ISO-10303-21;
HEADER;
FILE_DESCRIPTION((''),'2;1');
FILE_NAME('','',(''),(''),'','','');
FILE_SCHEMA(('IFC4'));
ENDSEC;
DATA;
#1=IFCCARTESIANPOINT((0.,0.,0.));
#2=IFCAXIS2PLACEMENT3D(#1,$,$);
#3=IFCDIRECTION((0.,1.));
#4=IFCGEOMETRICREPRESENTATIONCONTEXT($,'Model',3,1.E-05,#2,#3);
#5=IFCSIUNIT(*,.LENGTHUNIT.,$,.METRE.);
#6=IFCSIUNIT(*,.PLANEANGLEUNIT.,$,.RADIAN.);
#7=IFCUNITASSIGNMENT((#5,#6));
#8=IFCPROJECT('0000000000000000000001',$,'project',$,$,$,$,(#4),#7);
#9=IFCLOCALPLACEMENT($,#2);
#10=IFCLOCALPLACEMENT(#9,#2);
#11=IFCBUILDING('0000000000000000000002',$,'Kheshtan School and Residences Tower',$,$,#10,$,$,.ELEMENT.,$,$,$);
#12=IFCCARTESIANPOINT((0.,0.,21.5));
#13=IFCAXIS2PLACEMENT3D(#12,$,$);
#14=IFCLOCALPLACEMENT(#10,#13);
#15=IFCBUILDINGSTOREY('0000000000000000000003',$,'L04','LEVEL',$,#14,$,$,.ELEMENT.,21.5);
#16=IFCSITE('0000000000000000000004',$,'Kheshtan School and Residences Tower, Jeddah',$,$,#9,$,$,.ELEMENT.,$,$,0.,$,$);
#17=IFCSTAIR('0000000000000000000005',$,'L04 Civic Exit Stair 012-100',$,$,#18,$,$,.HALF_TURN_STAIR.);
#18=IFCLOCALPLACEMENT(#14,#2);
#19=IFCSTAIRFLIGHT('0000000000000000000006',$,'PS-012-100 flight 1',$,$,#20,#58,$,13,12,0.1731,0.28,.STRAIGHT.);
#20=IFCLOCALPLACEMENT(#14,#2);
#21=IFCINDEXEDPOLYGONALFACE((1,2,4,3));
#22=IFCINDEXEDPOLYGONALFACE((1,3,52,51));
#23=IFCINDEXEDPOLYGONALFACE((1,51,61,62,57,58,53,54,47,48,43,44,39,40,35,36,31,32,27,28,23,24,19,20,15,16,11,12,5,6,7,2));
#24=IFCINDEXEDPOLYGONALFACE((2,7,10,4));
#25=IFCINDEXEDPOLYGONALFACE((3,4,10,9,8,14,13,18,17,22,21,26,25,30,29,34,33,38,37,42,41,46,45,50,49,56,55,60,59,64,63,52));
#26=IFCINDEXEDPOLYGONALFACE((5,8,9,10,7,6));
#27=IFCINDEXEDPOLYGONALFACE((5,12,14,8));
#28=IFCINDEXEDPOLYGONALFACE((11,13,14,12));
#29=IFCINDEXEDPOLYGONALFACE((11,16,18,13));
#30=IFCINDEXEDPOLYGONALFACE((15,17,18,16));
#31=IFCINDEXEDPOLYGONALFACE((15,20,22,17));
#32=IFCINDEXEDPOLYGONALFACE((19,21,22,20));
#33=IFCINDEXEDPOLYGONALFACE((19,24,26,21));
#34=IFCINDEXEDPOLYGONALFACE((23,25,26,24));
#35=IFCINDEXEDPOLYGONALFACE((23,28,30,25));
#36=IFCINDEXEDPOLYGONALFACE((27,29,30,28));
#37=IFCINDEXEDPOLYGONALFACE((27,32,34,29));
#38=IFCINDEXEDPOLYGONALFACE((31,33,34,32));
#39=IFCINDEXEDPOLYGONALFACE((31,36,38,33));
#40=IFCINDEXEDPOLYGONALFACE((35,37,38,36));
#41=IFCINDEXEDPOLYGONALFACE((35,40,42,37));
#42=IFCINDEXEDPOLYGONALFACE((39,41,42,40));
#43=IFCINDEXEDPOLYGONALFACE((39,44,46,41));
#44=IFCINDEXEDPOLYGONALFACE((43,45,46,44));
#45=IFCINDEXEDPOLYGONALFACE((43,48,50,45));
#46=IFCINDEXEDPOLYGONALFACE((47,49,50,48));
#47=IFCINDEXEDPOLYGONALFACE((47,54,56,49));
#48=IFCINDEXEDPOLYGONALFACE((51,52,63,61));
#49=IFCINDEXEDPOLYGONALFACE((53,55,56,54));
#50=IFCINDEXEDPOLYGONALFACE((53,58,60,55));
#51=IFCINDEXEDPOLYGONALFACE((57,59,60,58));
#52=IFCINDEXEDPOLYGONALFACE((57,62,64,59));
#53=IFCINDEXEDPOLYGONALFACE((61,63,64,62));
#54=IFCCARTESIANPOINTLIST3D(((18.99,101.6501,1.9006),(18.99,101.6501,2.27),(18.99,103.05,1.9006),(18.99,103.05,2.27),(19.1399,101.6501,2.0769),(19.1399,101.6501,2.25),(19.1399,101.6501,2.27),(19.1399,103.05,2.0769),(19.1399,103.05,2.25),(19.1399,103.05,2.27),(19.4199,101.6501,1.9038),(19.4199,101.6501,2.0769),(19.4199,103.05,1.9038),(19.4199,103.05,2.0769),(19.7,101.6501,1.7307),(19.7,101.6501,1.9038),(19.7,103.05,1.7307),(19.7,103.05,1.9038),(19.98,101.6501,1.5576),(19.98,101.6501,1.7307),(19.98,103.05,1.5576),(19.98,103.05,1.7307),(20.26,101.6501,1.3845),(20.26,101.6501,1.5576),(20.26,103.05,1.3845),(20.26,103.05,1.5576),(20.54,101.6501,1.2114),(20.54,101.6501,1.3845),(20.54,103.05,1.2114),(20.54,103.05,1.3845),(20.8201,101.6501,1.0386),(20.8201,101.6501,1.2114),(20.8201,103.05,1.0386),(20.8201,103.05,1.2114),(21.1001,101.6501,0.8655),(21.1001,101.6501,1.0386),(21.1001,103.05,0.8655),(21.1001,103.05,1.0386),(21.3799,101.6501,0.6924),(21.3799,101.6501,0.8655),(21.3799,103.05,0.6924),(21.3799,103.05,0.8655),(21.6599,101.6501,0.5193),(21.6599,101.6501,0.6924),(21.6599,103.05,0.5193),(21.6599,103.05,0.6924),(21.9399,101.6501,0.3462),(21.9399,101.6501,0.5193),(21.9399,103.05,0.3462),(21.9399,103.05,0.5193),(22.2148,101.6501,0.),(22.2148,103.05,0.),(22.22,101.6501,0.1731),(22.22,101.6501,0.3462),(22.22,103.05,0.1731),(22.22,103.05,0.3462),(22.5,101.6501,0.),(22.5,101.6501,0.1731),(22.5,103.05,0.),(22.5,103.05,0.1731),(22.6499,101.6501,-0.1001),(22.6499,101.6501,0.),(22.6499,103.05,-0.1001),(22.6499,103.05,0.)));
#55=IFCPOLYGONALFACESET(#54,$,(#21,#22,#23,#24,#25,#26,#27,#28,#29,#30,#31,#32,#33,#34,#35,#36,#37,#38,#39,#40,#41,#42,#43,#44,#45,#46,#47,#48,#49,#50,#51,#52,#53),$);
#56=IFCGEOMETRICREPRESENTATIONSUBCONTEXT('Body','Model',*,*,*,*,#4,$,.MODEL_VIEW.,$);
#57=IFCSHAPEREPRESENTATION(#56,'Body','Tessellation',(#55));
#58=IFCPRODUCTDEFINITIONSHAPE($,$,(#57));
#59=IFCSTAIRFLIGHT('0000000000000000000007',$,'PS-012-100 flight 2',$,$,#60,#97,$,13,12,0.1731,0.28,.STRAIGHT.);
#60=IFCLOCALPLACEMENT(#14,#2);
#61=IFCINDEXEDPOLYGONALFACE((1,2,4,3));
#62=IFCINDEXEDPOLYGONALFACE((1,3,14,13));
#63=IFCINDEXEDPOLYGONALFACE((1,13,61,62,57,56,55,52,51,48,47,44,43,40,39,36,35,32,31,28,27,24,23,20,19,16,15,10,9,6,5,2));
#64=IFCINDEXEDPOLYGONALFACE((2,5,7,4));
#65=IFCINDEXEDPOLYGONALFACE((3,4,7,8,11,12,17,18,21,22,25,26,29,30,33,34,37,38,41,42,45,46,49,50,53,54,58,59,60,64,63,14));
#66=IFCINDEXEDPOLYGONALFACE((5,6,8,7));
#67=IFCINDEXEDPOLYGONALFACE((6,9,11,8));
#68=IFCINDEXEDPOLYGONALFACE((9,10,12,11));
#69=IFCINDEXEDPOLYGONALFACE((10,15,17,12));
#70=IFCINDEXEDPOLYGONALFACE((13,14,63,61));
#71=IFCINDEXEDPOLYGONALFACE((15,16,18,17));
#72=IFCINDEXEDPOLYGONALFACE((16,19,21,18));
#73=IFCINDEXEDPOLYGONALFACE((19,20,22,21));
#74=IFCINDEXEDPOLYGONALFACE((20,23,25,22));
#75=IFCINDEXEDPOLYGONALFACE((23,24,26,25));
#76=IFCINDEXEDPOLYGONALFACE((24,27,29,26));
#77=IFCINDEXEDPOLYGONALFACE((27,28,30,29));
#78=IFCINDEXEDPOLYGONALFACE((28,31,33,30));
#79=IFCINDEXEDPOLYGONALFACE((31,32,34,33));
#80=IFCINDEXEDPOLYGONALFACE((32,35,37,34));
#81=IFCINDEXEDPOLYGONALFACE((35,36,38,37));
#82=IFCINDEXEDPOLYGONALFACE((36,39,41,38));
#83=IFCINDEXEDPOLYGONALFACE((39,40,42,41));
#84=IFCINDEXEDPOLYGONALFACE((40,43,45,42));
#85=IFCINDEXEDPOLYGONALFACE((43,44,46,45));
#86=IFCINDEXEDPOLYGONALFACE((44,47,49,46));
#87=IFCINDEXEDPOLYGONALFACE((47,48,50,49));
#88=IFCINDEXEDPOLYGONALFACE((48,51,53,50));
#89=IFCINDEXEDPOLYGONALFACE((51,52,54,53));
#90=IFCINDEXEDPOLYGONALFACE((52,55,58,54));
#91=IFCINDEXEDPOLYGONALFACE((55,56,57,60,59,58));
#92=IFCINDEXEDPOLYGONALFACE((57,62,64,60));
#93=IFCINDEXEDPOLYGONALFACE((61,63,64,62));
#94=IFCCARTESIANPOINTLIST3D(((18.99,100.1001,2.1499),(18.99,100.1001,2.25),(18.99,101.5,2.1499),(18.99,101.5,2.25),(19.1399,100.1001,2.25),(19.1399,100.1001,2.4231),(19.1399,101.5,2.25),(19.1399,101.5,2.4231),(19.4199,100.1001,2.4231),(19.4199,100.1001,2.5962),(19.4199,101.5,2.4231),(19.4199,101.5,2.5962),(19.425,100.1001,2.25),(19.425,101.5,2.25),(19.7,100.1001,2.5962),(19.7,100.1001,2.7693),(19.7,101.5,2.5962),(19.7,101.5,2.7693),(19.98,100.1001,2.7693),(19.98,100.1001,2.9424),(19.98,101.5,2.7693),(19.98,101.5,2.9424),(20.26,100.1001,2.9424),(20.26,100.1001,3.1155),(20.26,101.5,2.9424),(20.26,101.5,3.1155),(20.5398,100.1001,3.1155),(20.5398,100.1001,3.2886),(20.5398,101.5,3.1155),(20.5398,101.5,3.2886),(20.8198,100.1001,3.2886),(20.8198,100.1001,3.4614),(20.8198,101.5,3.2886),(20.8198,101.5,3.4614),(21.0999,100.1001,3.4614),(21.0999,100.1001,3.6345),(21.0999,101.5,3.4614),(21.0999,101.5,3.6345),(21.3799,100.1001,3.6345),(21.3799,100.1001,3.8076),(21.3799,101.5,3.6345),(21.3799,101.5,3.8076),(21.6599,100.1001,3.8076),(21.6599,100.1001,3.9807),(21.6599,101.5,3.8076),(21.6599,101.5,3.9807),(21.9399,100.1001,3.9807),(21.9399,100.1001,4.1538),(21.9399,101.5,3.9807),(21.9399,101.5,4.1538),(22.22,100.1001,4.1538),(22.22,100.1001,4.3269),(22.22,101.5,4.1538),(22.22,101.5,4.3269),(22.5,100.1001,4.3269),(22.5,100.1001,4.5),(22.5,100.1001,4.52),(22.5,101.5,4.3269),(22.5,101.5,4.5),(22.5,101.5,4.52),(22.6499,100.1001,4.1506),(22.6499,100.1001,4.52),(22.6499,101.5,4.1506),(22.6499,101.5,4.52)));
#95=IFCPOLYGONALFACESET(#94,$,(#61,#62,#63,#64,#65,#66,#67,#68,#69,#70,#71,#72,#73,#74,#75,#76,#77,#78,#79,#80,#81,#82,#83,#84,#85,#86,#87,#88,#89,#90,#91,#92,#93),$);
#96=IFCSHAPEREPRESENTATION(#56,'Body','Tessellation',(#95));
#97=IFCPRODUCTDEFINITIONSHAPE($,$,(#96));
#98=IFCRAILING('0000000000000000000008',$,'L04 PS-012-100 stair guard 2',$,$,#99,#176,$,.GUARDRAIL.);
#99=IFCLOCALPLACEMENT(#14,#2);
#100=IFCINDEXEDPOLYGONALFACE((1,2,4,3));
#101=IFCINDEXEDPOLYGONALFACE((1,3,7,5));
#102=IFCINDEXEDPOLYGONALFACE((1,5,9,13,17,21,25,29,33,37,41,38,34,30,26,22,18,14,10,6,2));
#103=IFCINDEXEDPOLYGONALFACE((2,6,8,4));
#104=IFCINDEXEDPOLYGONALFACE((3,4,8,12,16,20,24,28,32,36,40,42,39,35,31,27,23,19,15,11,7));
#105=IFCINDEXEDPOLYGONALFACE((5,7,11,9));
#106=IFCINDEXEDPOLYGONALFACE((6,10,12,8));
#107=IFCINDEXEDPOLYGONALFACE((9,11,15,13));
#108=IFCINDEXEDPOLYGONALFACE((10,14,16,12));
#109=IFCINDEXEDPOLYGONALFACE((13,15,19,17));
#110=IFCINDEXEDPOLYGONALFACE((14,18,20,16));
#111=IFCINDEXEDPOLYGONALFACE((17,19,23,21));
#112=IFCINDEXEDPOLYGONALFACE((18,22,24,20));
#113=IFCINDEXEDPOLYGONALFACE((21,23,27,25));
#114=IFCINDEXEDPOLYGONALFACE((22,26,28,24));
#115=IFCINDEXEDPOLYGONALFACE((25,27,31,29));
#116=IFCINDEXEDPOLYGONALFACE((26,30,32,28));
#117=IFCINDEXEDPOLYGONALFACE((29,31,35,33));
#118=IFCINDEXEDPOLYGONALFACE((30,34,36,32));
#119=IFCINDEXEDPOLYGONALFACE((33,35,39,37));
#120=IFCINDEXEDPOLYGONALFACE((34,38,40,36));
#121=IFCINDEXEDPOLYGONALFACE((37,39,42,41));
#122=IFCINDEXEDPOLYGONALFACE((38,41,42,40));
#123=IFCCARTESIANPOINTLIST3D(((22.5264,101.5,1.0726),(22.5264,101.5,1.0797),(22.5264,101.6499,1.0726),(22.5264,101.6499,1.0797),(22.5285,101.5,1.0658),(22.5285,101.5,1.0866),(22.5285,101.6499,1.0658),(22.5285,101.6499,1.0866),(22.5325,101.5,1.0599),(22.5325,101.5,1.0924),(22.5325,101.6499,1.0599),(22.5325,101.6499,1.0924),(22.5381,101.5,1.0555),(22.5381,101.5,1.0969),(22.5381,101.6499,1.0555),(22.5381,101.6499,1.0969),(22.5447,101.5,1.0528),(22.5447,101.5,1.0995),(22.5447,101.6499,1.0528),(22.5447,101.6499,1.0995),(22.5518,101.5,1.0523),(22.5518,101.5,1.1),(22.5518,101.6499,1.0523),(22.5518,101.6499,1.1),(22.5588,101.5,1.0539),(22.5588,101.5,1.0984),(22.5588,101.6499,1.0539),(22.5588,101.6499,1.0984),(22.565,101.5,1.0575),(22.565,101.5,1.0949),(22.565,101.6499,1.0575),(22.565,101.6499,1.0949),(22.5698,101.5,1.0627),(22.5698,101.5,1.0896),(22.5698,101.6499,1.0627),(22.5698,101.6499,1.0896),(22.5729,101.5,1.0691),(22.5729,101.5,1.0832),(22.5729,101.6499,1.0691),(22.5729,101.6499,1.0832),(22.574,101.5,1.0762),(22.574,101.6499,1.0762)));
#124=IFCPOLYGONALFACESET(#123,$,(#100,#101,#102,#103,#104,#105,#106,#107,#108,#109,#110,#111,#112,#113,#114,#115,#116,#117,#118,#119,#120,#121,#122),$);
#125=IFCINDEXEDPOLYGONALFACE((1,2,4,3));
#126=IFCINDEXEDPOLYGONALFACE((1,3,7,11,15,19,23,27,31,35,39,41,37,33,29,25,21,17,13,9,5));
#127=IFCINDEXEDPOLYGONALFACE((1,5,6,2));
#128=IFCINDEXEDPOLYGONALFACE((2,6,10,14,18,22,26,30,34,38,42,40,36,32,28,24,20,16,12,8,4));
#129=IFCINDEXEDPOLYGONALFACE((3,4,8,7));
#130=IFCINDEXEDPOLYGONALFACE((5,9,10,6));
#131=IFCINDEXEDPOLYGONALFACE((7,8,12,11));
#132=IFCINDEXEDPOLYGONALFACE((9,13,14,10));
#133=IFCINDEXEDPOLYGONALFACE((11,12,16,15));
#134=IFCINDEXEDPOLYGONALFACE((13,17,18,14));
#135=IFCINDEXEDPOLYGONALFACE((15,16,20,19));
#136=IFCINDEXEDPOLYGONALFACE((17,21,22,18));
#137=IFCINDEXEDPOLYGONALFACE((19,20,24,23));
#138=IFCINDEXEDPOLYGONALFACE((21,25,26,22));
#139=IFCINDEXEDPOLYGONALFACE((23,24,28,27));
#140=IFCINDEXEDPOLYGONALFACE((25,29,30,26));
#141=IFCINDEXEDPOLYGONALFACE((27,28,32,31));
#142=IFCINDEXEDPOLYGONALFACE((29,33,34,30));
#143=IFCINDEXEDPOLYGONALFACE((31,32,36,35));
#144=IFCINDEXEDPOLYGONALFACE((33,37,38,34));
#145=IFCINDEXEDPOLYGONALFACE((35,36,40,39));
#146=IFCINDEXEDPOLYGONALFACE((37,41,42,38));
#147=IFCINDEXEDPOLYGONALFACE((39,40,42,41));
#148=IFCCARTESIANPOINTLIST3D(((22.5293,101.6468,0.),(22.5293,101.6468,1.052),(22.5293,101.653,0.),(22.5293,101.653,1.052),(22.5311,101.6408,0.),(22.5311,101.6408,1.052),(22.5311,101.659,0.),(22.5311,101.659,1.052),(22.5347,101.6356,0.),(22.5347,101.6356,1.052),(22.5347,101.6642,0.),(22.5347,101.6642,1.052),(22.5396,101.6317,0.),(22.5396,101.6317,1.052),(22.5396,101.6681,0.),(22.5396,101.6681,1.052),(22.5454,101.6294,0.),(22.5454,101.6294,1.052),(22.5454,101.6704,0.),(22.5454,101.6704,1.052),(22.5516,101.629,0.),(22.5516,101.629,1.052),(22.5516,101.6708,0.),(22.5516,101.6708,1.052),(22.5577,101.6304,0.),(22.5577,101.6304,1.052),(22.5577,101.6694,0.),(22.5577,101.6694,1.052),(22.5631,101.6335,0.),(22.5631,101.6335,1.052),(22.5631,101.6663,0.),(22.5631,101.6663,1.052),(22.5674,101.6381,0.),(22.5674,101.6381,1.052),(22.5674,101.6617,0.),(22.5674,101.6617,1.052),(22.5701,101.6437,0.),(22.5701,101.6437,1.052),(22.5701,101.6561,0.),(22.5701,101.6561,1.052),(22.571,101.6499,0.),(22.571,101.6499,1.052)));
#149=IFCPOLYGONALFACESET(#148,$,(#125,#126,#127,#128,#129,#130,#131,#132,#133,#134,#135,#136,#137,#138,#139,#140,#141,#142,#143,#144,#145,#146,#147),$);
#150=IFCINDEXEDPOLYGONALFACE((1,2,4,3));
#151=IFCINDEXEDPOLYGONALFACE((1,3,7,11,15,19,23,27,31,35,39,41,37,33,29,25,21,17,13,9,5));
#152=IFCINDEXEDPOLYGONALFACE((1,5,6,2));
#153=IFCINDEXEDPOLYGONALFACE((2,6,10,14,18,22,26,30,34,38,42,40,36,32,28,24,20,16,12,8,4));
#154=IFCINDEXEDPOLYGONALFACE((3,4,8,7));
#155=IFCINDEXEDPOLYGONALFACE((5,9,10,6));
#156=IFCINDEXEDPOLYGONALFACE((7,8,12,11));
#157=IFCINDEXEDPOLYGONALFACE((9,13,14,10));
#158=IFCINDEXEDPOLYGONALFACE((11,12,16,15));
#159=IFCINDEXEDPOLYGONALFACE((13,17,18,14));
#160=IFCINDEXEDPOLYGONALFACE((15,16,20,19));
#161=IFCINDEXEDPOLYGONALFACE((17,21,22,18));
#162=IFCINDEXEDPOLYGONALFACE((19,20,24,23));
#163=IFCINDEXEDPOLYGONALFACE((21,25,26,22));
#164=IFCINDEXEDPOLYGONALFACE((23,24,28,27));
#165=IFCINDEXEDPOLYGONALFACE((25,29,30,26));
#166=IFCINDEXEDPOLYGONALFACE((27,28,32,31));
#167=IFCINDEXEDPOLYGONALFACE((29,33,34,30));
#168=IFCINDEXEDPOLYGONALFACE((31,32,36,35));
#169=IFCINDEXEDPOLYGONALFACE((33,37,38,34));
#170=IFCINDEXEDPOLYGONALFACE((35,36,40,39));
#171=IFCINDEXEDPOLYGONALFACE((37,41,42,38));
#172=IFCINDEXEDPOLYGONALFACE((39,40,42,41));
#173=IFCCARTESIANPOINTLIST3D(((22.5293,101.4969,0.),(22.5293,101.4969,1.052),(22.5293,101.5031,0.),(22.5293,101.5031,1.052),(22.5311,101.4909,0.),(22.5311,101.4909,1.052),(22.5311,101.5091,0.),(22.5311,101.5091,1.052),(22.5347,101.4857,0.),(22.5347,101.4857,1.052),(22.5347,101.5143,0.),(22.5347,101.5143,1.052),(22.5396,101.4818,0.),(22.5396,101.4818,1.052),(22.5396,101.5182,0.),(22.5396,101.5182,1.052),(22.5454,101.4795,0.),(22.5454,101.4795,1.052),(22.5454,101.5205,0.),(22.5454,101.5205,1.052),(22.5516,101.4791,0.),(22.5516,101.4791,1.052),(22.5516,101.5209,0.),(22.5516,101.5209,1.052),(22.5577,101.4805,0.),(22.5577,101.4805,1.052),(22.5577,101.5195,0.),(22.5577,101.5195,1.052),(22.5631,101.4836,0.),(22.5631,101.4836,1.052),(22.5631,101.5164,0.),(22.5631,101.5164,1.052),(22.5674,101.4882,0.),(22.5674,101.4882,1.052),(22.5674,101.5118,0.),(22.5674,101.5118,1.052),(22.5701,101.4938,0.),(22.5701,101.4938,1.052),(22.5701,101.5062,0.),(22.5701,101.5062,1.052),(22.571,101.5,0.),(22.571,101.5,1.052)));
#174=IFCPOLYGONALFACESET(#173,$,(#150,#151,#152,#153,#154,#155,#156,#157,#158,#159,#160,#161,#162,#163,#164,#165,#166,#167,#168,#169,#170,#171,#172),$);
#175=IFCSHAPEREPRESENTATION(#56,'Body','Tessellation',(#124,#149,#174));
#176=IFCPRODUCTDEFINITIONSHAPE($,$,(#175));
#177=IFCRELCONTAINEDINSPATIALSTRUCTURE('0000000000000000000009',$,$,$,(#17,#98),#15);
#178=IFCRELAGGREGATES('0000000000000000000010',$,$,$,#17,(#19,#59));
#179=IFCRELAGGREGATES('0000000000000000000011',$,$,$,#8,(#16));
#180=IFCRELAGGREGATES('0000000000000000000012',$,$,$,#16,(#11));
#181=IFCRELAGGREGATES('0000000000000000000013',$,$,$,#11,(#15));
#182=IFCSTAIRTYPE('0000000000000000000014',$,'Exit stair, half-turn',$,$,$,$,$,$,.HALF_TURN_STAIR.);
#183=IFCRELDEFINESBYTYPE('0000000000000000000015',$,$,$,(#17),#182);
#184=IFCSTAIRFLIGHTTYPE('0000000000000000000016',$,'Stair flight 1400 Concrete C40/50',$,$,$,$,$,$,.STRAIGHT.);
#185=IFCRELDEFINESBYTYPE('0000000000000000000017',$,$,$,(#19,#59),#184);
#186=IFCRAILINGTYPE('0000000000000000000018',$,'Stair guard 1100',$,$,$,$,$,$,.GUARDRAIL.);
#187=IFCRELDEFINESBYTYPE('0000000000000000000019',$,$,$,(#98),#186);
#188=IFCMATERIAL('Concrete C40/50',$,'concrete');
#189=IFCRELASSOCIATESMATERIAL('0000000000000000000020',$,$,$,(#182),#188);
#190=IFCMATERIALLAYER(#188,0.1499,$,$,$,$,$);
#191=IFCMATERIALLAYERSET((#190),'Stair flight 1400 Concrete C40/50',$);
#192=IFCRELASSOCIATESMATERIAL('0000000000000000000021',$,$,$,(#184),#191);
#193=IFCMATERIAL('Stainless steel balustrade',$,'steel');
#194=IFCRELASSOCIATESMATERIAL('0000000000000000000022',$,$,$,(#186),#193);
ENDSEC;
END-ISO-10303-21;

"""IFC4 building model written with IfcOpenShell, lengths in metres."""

from ifc_helpers import new_model, si_unit, direction, frame, origin, origin_2d, place, context, subcontext, project, spatial, polyline, circle, outline, extrude, material, layer, layer_set, type_object, element, aggregate, save


model = new_model("IFC4")

# Units and contexts
model_context = context("Model", 3, precision=1e-05, world=origin(), true_north=direction((0.0, 1.0)))
body_context = subcontext(model_context, "Body", "Model", "MODEL_VIEW")
ifc_project = project(units=[si_unit("LENGTHUNIT", "METRE"), si_unit("PLANEANGLEUNIT", "RADIAN")], contexts=[model_context])

# Site, building, storey
site_placement = place(None, origin())
site = spatial("IfcSite", under=ifc_project, at=site_placement, Name="Kheshtan School and Residences Tower, Jeddah", CompositionType="ELEMENT", RefElevation=0.0)
building_placement = place(site_placement, origin())
building = spatial("IfcBuilding", under=site, at=building_placement, Name="Kheshtan School and Residences Tower", CompositionType="ELEMENT")
storey_placement = place(building_placement, frame((0.0, 0.0, 21.5)))
storey = spatial("IfcBuildingStorey", under=building, at=storey_placement, Name="L04", Description="LEVEL", CompositionType="ELEMENT", Elevation=21.5)

# Shared definitions
ifc_material_1 = material(Name="Concrete C40/50", Category="concrete")

# Stair, stair flights
stair_type = type_object("IfcStairType", Name="Exit stair, half-turn", PredefinedType="HALF_TURN_STAIR", material=ifc_material_1)
stair_placement = place(storey_placement, origin())
stair = element("IfcStair", 1, at=stair_placement, inside=storey, type_object=stair_type, Name="L04 Civic Exit Stair 012-100", PredefinedType="HALF_TURN_STAIR")
ifc_layer_1 = layer(ifc_material_1, 0.1499)
ifc_layer_set_1 = layer_set([ifc_layer_1], Name="Stair flight 1400 Concrete C40/50")
stair_flight_type = type_object("IfcStairFlightType", Name="Stair flight 1400 Concrete C40/50", PredefinedType="STRAIGHT", material=ifc_layer_set_1)
stair_flight_1_placement = place(storey_placement, frame((22.5, 102.3501, 0.0), z_axis=(0.0, 0.0, 1.0), x_axis=(-1.0, 0.0, 0.0)))
stair_flight_1 = element("IfcStairFlight", 2, at=stair_flight_1_placement, type_object=stair_flight_type, Name="PS-012-100 flight 1", NumberOfRisers=13, NumberOfTreads=12, PredefinedType="STRAIGHT", RiserHeight=0.1731, TreadLength=0.28, context=body_context, shape_type="SweptSolid", body=[
    extrude(outline(polyline([(-0.1499, -0.1001), (-0.1499, 0.0), (0.0, 0.0), (0.0, 0.1731), (0.28, 0.1731), (0.28, 0.3462), (0.5601, 0.3462), (0.5601, 0.5193), (0.8401, 0.5193), (0.8401, 0.6924), (1.1201, 0.6924), (1.1201, 0.8655), (1.3999, 0.8655), (1.3999, 1.0386), (1.6799, 1.0386), (1.6799, 1.2114), (1.96, 1.2114), (1.96, 1.3845), (2.24, 1.3845), (2.24, 1.5576), (2.52, 1.5576), (2.52, 1.7307), (2.8, 1.7307), (2.8, 1.9038), (3.0801, 1.9038), (3.0801, 2.0769), (3.3601, 2.0769), (3.3601, 2.25), (3.3601, 2.27), (3.51, 2.27), (3.51, 1.9006), (0.2852, 0.0), (-0.1499, -0.1001)])), frame((0.0, 0.7, 0.0), z_axis=(0.0, -1.0, 0.0), x_axis=(1.0, 0.0, 0.0)), (0.0, 0.0, 1.0), 1.3999),
])
stair_flight_2_placement = place(storey_placement, frame((19.1399, 100.8, 2.25), z_axis=(0.0, 0.0, 1.0), x_axis=(1.0, 0.0, 0.0)))
stair_flight_2 = element("IfcStairFlight", 3, at=stair_flight_2_placement, type_object=stair_flight_type, Name="PS-012-100 flight 2", NumberOfRisers=13, NumberOfTreads=12, PredefinedType="STRAIGHT", RiserHeight=0.1731, TreadLength=0.28, context=body_context, shape_type="SweptSolid", body=[
    extrude(outline(polyline([(-0.1499, -0.1001), (-0.1499, 0.0), (0.0, 0.0), (0.0, 0.1731), (0.28, 0.1731), (0.28, 0.3462), (0.5601, 0.3462), (0.5601, 0.5193), (0.8401, 0.5193), (0.8401, 0.6924), (1.1201, 0.6924), (1.1201, 0.8655), (1.3999, 0.8655), (1.3999, 1.0386), (1.6799, 1.0386), (1.6799, 1.2114), (1.96, 1.2114), (1.96, 1.3845), (2.24, 1.3845), (2.24, 1.5576), (2.52, 1.5576), (2.52, 1.7307), (2.8, 1.7307), (2.8, 1.9038), (3.0801, 1.9038), (3.0801, 2.0769), (3.3601, 2.0769), (3.3601, 2.25), (3.3601, 2.27), (3.51, 2.27), (3.51, 1.9006), (0.2852, 0.0), (-0.1499, -0.1001)])), frame((0.0, 0.7, 0.0), z_axis=(0.0, -1.0, 0.0), x_axis=(1.0, 0.0, 0.0)), (0.0, 0.0, 1.0), 1.3999),
])
aggregate(stair, [stair_flight_1, stair_flight_2])

# Railing
ifc_material_2 = material(Name="Stainless steel balustrade", Category="steel")
railing_type_1 = type_object("IfcRailingType", Name="Stair guard 1100", PredefinedType="GUARDRAIL", material=ifc_material_2)
railing_1_placement = place(storey_placement, frame((22.55, 101.6499, 0.0)))
element("IfcRailing", 4, at=railing_1_placement, inside=storey, type_object=railing_type_1, Name="L04 PS-012-100 stair guard 2", PredefinedType="GUARDRAIL", context=body_context, shape_type="SweptSolid", body=[
    extrude(circle(Radius=0.0239, at=origin_2d()), frame((0.0, 0.0, 1.0762), z_axis=(0.0, -1.0, 0.0), x_axis=(1.0, 0.0, 0.0)), (0.0, 0.0, 1.0), 0.1499),
    extrude(circle(Radius=0.021, at=origin_2d()), origin(), (0.0, 0.0, 1.0), 1.052),
    extrude(circle(Radius=0.021, at=origin_2d()), frame((0.0, -0.1499, 0.0)), (0.0, 0.0, 1.0), 1.052),
])

save(model, "model.ifc")
